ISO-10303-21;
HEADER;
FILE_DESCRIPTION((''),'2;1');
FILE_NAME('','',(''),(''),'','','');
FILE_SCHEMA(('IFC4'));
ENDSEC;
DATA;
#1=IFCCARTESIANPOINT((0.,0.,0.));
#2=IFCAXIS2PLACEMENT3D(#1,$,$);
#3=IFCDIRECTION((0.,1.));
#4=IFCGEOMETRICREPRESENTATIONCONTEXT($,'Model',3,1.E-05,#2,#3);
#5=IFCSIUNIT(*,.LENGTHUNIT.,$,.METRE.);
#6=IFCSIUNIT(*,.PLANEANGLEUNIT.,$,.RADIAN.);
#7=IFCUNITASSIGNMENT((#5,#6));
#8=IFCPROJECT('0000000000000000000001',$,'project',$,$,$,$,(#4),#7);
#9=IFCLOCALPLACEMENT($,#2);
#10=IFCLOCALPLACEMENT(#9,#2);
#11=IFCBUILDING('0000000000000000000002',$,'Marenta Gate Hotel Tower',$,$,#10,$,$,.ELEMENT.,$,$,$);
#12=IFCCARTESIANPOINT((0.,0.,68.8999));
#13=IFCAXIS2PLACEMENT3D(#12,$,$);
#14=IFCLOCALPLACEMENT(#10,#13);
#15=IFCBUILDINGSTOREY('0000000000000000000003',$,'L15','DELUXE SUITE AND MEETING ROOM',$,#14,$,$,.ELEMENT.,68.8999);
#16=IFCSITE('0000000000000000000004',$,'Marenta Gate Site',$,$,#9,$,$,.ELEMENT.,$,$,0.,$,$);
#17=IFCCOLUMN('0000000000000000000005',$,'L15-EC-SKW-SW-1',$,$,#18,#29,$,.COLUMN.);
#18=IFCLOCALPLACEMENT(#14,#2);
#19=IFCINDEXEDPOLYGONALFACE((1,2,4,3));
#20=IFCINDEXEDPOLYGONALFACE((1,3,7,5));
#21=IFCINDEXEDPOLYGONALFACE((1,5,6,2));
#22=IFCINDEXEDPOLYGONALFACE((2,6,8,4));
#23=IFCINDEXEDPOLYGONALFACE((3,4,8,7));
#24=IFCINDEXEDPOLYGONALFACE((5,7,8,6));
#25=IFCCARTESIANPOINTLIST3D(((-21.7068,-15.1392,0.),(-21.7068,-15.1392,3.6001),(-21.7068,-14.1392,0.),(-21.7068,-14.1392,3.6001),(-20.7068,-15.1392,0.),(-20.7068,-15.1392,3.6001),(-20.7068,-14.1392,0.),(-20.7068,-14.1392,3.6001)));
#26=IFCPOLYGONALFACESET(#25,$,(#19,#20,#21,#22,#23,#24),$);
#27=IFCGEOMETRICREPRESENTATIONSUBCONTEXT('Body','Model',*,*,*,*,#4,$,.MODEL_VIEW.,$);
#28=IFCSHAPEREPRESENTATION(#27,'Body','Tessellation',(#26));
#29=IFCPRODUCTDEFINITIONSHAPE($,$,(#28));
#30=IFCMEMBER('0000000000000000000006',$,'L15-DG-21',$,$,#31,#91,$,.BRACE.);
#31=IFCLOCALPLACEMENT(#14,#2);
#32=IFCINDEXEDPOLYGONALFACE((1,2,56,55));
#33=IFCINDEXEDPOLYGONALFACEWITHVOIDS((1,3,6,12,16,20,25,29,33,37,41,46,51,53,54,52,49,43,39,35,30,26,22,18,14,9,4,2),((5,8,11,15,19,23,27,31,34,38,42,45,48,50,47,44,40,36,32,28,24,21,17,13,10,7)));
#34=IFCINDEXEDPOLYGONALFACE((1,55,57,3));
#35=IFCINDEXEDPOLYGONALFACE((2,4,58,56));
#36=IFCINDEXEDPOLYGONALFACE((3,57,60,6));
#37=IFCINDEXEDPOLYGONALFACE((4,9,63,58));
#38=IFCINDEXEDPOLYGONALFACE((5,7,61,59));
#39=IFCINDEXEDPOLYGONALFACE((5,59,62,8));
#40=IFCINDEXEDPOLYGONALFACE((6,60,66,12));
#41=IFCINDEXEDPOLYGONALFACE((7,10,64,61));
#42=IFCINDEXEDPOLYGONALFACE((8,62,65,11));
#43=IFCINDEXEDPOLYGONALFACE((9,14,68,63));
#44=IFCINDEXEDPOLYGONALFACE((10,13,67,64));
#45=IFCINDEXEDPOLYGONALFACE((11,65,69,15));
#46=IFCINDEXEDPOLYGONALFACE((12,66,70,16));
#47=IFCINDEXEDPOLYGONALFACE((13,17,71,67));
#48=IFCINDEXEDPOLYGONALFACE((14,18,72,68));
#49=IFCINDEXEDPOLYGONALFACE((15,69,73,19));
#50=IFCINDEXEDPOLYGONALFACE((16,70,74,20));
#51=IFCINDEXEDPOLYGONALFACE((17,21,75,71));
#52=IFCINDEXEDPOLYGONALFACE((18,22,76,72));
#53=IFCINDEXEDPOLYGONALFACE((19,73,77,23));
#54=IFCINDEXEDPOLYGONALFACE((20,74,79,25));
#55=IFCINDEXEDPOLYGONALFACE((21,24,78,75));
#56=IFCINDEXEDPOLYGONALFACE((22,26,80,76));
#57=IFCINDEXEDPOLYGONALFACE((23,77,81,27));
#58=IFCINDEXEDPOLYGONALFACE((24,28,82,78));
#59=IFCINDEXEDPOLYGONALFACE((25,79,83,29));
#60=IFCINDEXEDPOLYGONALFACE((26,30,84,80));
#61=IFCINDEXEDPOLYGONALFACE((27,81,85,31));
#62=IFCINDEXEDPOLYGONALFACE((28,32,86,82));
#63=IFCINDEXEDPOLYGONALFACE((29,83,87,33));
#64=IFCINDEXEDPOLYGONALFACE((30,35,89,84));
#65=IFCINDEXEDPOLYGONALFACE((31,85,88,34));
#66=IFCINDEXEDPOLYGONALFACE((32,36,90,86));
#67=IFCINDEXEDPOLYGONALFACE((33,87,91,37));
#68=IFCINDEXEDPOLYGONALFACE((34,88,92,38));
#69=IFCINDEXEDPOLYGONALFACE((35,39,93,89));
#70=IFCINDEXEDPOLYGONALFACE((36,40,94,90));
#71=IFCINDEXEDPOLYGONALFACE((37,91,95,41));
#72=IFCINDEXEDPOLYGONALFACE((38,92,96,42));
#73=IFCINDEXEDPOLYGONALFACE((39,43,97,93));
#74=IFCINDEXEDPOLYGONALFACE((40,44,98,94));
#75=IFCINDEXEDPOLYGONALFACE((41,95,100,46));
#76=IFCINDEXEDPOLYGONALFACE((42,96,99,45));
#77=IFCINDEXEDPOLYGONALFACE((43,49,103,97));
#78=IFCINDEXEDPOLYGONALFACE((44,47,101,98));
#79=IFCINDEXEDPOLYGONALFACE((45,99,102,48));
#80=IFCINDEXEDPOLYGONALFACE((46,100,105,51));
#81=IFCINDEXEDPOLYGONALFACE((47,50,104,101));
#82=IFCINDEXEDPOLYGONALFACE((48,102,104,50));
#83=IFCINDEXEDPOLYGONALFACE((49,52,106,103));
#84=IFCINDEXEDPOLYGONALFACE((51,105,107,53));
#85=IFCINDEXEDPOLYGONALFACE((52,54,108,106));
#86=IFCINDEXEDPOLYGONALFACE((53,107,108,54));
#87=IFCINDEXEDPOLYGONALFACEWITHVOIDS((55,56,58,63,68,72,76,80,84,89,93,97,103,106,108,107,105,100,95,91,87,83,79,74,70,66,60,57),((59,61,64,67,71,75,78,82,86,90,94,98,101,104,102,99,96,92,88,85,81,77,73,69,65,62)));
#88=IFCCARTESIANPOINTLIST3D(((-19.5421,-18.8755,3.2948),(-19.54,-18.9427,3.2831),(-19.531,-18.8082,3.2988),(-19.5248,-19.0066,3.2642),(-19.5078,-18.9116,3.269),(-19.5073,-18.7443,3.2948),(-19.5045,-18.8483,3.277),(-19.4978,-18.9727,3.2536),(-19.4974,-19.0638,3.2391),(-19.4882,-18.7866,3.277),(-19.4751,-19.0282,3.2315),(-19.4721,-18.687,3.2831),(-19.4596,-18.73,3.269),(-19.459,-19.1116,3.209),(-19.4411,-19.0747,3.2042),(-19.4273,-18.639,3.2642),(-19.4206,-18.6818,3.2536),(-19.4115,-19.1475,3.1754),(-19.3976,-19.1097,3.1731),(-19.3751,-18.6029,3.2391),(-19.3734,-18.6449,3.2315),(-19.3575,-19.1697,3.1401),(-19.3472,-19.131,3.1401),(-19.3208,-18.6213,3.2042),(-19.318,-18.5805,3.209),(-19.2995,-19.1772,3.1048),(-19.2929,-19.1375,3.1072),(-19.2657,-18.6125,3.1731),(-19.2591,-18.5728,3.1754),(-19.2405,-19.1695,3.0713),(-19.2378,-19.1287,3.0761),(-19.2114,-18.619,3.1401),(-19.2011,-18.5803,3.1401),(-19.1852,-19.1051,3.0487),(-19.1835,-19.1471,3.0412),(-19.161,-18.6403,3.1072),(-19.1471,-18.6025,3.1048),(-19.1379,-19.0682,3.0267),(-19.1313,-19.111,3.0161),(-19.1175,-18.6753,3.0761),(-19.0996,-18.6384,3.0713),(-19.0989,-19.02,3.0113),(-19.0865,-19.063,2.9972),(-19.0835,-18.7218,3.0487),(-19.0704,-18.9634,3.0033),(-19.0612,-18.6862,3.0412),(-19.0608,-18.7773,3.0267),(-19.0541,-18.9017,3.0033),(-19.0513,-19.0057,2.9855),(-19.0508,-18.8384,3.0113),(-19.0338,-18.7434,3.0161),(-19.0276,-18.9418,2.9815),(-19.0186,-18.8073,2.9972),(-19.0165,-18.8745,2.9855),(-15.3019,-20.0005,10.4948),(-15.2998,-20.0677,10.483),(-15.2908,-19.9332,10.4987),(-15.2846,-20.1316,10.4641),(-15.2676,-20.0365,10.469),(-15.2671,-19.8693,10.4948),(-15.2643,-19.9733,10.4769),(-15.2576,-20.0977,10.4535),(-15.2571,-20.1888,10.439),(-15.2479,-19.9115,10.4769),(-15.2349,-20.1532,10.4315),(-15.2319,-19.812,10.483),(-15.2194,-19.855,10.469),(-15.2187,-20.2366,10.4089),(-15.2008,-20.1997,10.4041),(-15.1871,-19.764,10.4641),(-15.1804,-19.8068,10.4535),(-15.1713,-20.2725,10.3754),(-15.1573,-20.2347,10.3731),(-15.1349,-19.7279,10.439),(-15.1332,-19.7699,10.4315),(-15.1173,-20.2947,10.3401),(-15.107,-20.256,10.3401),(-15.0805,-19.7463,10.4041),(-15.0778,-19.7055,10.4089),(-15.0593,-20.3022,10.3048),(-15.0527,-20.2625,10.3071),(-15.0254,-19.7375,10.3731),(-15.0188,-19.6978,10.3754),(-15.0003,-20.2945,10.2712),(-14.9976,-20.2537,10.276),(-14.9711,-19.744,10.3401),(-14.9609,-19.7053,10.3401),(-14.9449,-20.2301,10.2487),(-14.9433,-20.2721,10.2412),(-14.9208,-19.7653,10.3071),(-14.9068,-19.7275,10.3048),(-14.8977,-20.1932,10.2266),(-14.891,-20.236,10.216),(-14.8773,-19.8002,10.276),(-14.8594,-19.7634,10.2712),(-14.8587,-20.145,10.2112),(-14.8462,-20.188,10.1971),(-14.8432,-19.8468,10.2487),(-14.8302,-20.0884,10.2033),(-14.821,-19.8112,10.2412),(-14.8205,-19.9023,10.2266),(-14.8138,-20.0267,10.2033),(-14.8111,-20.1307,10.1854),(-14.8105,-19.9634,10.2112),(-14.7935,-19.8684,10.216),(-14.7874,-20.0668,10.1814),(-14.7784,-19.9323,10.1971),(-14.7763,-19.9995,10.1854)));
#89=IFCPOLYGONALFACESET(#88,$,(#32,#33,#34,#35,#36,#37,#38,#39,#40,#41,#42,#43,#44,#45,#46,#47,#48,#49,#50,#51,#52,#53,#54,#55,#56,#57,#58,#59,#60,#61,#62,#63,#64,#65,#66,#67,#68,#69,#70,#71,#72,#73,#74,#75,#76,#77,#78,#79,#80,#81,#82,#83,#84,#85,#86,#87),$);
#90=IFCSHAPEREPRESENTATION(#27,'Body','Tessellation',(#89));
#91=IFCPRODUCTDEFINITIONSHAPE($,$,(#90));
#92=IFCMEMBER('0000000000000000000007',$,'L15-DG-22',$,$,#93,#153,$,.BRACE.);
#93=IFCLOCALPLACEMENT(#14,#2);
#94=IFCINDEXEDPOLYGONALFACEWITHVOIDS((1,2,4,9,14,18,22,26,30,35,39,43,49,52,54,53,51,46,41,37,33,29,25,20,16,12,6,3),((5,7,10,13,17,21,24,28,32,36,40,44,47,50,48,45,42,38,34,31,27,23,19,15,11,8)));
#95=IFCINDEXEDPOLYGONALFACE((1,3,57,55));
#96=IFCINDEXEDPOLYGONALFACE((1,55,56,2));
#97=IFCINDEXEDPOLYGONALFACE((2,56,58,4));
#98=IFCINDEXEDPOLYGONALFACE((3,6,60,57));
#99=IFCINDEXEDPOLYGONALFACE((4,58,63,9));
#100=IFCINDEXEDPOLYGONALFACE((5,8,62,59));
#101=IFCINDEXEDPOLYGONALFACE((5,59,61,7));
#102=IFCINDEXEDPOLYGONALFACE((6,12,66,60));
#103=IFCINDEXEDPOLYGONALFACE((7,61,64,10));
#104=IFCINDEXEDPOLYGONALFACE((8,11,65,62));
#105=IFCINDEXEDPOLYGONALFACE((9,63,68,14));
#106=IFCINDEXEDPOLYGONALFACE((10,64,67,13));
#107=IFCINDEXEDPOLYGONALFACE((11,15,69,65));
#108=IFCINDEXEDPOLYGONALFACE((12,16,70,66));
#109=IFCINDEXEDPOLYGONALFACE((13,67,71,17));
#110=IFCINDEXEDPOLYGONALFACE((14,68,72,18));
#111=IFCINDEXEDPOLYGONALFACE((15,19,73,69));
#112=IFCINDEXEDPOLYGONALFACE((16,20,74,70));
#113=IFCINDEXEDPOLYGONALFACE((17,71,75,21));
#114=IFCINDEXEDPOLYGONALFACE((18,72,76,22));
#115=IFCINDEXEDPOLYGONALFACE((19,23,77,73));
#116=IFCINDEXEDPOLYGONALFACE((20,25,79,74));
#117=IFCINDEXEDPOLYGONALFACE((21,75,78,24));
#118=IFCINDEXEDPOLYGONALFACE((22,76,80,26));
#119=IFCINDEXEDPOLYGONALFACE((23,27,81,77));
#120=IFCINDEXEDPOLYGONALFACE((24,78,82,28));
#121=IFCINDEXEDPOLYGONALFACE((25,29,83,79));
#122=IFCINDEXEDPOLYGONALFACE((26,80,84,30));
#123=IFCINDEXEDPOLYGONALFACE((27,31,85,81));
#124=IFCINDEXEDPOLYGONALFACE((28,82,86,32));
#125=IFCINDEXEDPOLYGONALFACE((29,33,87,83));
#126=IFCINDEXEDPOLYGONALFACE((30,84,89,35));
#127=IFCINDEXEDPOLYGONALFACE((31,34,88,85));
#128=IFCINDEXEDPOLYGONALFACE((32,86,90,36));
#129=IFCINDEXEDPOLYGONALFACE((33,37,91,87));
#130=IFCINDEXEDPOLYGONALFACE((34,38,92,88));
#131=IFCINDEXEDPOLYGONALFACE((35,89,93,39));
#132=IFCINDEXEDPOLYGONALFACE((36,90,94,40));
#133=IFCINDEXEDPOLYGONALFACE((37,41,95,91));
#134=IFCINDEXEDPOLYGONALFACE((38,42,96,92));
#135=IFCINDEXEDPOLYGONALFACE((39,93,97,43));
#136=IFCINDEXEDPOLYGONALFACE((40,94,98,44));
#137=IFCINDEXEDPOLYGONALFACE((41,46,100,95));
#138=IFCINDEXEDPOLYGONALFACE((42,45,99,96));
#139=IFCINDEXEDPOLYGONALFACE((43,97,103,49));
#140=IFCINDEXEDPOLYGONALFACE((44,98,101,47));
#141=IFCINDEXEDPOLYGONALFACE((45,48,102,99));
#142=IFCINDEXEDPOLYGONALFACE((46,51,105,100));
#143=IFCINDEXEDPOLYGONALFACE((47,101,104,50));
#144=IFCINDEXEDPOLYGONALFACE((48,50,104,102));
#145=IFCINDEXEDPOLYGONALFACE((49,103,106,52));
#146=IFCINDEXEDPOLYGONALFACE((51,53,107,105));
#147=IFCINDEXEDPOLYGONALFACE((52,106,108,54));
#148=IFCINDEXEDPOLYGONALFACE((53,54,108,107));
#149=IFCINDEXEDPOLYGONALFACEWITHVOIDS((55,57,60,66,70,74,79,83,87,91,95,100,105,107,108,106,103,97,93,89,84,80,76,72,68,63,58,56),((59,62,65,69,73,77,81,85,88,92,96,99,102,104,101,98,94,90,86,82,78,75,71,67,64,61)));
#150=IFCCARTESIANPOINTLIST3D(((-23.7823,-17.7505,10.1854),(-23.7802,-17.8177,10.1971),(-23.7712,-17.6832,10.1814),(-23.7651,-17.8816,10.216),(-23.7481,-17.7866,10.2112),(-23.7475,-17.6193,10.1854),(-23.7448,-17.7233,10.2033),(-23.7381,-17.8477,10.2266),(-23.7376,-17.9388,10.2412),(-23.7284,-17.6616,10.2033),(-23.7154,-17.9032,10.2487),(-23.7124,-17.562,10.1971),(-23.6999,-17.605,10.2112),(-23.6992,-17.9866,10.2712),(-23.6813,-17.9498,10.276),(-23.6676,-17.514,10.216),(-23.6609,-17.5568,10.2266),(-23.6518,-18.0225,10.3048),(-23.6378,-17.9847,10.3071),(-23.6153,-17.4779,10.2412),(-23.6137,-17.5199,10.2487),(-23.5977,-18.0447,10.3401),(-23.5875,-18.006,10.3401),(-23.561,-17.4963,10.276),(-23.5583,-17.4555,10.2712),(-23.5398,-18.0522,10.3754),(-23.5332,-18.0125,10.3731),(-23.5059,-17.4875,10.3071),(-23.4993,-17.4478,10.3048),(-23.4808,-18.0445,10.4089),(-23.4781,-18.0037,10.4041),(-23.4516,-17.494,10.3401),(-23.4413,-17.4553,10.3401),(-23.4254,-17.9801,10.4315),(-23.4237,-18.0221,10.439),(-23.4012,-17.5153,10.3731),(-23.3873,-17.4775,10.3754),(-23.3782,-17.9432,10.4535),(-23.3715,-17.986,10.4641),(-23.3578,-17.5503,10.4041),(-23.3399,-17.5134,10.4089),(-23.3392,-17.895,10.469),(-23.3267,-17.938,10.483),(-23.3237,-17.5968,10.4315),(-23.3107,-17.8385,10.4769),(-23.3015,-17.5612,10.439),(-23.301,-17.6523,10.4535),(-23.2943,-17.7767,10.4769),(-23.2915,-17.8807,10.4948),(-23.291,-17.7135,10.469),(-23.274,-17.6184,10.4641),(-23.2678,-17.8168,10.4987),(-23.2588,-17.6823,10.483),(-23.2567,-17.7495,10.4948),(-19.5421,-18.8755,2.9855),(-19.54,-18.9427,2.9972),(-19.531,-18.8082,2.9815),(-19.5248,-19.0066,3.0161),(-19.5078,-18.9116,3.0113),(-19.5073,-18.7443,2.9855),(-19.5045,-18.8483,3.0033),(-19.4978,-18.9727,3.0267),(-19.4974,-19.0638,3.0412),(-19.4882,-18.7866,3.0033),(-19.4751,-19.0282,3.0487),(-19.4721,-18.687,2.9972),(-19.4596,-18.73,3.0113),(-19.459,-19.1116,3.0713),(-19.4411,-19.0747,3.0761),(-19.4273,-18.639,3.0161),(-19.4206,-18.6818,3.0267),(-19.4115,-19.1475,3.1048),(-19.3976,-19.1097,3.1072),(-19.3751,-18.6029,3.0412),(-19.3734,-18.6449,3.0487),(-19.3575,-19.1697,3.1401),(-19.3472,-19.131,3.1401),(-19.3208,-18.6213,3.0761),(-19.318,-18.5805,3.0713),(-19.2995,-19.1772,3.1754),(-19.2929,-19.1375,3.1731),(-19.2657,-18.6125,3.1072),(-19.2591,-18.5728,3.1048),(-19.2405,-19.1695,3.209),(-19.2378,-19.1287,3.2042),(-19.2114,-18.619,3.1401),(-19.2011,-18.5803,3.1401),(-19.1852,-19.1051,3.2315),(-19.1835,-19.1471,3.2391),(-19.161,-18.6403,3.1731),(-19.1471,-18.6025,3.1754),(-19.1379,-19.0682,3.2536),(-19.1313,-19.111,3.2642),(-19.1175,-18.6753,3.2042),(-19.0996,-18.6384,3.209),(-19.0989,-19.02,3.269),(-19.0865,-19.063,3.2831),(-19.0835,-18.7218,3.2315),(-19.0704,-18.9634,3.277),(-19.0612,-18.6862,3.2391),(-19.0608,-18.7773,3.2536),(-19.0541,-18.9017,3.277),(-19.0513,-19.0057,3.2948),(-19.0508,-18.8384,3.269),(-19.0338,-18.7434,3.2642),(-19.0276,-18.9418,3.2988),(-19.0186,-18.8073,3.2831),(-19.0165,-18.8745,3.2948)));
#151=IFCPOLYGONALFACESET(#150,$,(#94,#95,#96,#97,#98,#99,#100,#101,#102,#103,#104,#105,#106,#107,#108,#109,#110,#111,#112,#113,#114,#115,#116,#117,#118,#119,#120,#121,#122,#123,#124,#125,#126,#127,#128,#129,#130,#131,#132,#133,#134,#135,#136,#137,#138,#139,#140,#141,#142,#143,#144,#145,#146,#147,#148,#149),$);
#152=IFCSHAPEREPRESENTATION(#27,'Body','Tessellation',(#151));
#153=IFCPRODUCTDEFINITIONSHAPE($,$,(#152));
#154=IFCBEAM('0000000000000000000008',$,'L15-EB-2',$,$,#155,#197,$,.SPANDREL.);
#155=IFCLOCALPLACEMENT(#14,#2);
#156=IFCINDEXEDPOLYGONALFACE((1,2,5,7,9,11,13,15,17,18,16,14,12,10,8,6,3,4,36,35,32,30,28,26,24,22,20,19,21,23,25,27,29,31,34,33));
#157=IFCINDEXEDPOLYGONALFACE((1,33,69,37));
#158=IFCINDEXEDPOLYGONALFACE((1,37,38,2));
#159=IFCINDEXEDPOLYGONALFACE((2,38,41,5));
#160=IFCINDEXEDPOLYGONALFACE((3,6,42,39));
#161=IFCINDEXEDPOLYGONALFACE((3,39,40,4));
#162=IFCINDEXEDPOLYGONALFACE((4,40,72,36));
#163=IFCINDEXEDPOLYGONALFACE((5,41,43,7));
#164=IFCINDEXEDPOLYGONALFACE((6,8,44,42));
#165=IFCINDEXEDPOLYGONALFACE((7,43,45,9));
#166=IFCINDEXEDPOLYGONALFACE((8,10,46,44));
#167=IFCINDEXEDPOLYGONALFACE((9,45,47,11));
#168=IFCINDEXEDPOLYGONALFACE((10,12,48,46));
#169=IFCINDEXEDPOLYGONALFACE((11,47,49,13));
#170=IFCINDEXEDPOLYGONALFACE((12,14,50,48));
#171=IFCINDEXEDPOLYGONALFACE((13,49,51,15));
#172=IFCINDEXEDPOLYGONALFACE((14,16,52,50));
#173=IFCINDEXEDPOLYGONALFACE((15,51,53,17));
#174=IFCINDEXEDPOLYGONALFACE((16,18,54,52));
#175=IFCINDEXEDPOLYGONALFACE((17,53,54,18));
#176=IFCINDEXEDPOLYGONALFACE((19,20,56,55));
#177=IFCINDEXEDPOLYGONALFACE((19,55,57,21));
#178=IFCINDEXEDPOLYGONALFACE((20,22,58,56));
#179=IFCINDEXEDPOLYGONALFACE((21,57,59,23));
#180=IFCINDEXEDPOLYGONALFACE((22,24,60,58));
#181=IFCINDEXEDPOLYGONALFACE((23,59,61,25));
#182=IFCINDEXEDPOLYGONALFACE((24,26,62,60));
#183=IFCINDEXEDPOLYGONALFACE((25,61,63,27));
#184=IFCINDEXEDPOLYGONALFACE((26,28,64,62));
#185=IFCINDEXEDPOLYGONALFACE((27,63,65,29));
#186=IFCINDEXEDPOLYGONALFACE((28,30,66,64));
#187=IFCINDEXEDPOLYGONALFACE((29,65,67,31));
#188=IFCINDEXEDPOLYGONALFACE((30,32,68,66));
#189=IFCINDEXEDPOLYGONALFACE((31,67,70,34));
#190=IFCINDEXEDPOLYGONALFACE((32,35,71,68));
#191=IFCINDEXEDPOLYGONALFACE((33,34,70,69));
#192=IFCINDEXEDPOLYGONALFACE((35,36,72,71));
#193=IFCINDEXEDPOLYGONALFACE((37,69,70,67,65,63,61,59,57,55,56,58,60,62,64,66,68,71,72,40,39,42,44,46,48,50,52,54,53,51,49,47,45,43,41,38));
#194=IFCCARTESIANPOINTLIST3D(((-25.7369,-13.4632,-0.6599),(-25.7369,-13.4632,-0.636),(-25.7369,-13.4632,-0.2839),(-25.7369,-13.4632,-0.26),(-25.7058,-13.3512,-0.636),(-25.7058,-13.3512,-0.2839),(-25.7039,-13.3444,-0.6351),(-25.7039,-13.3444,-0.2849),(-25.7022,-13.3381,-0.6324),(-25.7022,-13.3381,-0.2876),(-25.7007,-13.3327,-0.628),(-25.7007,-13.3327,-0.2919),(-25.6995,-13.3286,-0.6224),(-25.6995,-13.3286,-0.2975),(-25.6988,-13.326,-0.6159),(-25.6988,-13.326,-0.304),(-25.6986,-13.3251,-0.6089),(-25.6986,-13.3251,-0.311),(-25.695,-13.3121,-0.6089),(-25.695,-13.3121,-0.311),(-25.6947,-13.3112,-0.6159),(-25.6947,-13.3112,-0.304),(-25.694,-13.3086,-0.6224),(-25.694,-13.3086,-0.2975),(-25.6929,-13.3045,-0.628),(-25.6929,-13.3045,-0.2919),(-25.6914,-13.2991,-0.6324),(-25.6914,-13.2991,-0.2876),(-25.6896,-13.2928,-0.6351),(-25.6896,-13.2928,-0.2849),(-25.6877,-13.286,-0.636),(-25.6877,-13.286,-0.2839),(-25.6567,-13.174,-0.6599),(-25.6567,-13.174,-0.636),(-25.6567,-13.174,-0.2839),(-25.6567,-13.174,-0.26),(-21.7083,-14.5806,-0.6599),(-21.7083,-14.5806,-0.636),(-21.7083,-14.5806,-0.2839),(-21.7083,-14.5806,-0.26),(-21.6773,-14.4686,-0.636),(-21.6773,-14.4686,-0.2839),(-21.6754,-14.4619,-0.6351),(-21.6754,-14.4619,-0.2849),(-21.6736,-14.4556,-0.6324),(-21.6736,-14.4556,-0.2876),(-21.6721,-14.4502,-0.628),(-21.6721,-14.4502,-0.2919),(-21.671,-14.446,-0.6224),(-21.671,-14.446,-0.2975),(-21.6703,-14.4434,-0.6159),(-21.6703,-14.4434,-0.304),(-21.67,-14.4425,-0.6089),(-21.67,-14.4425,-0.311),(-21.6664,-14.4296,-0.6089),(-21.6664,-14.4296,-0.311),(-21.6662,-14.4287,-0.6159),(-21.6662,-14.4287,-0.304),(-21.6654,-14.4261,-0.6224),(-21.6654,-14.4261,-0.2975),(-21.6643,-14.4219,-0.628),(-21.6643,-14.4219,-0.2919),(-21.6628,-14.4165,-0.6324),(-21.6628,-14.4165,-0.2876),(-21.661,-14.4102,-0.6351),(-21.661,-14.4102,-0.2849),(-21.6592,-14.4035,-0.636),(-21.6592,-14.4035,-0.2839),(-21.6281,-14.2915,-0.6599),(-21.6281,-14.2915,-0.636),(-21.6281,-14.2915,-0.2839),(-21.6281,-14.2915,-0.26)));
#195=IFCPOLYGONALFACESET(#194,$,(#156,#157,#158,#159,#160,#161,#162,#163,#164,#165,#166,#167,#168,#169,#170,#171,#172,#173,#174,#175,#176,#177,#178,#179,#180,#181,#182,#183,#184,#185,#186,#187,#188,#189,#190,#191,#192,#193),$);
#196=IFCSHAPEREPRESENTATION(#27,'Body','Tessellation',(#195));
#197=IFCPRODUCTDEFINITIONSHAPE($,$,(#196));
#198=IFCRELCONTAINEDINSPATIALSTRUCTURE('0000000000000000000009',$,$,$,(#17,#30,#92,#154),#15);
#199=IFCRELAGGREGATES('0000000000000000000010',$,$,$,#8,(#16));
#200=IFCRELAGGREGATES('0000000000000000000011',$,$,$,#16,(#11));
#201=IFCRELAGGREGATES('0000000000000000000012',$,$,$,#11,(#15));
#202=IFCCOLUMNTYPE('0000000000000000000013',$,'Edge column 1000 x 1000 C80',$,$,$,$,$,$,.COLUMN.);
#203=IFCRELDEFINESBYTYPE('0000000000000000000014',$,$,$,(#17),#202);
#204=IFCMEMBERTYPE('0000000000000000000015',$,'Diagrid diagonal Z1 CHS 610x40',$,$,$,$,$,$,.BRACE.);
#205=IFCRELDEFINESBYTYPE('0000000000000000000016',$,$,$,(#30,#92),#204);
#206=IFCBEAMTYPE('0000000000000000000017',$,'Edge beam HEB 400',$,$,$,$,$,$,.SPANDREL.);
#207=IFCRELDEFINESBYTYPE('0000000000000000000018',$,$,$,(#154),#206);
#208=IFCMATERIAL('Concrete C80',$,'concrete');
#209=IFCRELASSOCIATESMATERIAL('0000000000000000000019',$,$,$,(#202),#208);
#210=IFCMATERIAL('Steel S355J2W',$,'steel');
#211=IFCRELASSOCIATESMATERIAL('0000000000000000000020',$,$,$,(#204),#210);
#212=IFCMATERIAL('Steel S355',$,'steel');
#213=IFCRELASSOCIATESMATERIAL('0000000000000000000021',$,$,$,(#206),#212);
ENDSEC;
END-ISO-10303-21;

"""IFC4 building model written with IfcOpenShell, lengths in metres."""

from ifc_helpers import new_model, si_unit, direction, frame, origin, origin_2d, place, context, subcontext, project, spatial, rectangle, hollow_circle, i_section, extrude, material, material_profile, profile_set, type_object, element, save


model = new_model("IFC4")

# Units and contexts
model_context = context("Model", 3, precision=1e-05, world=origin(), true_north=direction((0.0, 1.0)))
body_context = subcontext(model_context, "Body", "Model", "MODEL_VIEW")
ifc_project = project(units=[si_unit("LENGTHUNIT", "METRE"), si_unit("PLANEANGLEUNIT", "RADIAN")], contexts=[model_context])

# Site, building, storey
site_placement = place(None, origin())
site = spatial("IfcSite", under=ifc_project, at=site_placement, Name="Marenta Gate Site", CompositionType="ELEMENT", RefElevation=0.0)
building_placement = place(site_placement, origin())
building = spatial("IfcBuilding", under=site, at=building_placement, Name="Marenta Gate Hotel Tower", CompositionType="ELEMENT")
storey_placement = place(building_placement, frame((0.0, 0.0, 68.8999)))
storey = spatial("IfcBuildingStorey", under=building, at=storey_placement, Name="L15", Description="DELUXE SUITE AND MEETING ROOM", CompositionType="ELEMENT", Elevation=68.8999)

# Column
ifc_material_1 = material(Name="Concrete C80", Category="concrete")
ifc_material_profile_1 = material_profile(ifc_material_1, rectangle(XDim=1.0, YDim=1.0, at=origin_2d()), Name="1000 x 1000")
ifc_profile_set_1 = profile_set([ifc_material_profile_1], Name="Concrete C80")
column_type = type_object("IfcColumnType", Name="Edge column 1000 x 1000 C80", PredefinedType="COLUMN", material=ifc_profile_set_1)
column_placement = place(storey_placement, frame((-21.2068, -14.6392, 0.0), z_axis=(0.0, 0.0, 1.0), x_axis=(1.0, 0.0, 0.0)))
element("IfcColumn", 1, at=column_placement, inside=storey, type_object=column_type, Name="L15-EC-SKW-SW-1", PredefinedType="COLUMN", context=body_context, shape_type="SweptSolid", body=[
    extrude(rectangle(XDim=1.0, YDim=1.0, at=origin_2d()), origin(), (0.0, 0.0, 1.0), 3.6001),
])

# Members
ifc_material_2 = material(Name="Steel S355J2W", Category="steel")
ifc_material_profile_2 = material_profile(ifc_material_2, hollow_circle(Radius=0.3049, WallThickness=0.04, at=origin_2d()), Name="CHS 610x40")
ifc_profile_set_2 = profile_set([ifc_material_profile_2], Name="Steel S355J2W")
member_type = type_object("IfcMemberType", Name="Diagrid diagonal Z1 CHS 610x40", PredefinedType="BRACE", material=ifc_profile_set_2)
for number, where, z_axis, x_axis, name in (
    (2, (-19.2793, -18.875, 3.1401), (0.502924, -0.133434, 0.853969), (0.256443, 0.966559, 0.0), "L15-DG-21"),
    (3, (-19.2793, -18.875, 3.1401), (-0.502924, 0.133434, 0.853969), (-0.256443, -0.966559, 0.0), "L15-DG-22"),
):
    element("IfcMember", number, at=place(storey_placement, frame(where, z_axis=z_axis, x_axis=x_axis)), inside=storey, type_object=member_type, Name=name, PredefinedType="BRACE", context=body_context, shape_type="SweptSolid", body=[
        extrude(hollow_circle(Radius=0.3049, WallThickness=0.04, at=origin_2d()), origin(), (0.0, 0.0, 1.0), 8.4312),
    ])

# Beam
ifc_material_3 = material(Name="Steel S355", Category="steel")
ifc_material_profile_3 = material_profile(ifc_material_3, i_section(OverallWidth=0.3, OverallDepth=0.3999, WebThickness=0.0134, FlangeThickness=0.0239, FilletRadius=0.0271, at=origin_2d()), Name="HEB 400")
ifc_profile_set_3 = profile_set([ifc_material_profile_3], Name="Steel S355")
beam_type = type_object("IfcBeamType", Name="Edge beam HEB 400", PredefinedType="SPANDREL", material=ifc_profile_set_3)
beam_1_placement = place(storey_placement, frame((-21.6682, -14.436, -0.46), z_axis=(-0.963617, 0.267285, 0.0), x_axis=(-0.267285, -0.963617, 0.0)))
element("IfcBeam", 4, at=beam_1_placement, inside=storey, type_object=beam_type, Name="L15-EB-2", PredefinedType="SPANDREL", context=body_context, shape_type="SweptSolid", body=[
    extrude(i_section(OverallWidth=0.3, OverallDepth=0.3999, WebThickness=0.0134, FlangeThickness=0.0239, FilletRadius=0.0271, at=origin_2d()), origin(), (0.0, 0.0, 1.0), 4.1807),
])

save(model, "model.ifc")
